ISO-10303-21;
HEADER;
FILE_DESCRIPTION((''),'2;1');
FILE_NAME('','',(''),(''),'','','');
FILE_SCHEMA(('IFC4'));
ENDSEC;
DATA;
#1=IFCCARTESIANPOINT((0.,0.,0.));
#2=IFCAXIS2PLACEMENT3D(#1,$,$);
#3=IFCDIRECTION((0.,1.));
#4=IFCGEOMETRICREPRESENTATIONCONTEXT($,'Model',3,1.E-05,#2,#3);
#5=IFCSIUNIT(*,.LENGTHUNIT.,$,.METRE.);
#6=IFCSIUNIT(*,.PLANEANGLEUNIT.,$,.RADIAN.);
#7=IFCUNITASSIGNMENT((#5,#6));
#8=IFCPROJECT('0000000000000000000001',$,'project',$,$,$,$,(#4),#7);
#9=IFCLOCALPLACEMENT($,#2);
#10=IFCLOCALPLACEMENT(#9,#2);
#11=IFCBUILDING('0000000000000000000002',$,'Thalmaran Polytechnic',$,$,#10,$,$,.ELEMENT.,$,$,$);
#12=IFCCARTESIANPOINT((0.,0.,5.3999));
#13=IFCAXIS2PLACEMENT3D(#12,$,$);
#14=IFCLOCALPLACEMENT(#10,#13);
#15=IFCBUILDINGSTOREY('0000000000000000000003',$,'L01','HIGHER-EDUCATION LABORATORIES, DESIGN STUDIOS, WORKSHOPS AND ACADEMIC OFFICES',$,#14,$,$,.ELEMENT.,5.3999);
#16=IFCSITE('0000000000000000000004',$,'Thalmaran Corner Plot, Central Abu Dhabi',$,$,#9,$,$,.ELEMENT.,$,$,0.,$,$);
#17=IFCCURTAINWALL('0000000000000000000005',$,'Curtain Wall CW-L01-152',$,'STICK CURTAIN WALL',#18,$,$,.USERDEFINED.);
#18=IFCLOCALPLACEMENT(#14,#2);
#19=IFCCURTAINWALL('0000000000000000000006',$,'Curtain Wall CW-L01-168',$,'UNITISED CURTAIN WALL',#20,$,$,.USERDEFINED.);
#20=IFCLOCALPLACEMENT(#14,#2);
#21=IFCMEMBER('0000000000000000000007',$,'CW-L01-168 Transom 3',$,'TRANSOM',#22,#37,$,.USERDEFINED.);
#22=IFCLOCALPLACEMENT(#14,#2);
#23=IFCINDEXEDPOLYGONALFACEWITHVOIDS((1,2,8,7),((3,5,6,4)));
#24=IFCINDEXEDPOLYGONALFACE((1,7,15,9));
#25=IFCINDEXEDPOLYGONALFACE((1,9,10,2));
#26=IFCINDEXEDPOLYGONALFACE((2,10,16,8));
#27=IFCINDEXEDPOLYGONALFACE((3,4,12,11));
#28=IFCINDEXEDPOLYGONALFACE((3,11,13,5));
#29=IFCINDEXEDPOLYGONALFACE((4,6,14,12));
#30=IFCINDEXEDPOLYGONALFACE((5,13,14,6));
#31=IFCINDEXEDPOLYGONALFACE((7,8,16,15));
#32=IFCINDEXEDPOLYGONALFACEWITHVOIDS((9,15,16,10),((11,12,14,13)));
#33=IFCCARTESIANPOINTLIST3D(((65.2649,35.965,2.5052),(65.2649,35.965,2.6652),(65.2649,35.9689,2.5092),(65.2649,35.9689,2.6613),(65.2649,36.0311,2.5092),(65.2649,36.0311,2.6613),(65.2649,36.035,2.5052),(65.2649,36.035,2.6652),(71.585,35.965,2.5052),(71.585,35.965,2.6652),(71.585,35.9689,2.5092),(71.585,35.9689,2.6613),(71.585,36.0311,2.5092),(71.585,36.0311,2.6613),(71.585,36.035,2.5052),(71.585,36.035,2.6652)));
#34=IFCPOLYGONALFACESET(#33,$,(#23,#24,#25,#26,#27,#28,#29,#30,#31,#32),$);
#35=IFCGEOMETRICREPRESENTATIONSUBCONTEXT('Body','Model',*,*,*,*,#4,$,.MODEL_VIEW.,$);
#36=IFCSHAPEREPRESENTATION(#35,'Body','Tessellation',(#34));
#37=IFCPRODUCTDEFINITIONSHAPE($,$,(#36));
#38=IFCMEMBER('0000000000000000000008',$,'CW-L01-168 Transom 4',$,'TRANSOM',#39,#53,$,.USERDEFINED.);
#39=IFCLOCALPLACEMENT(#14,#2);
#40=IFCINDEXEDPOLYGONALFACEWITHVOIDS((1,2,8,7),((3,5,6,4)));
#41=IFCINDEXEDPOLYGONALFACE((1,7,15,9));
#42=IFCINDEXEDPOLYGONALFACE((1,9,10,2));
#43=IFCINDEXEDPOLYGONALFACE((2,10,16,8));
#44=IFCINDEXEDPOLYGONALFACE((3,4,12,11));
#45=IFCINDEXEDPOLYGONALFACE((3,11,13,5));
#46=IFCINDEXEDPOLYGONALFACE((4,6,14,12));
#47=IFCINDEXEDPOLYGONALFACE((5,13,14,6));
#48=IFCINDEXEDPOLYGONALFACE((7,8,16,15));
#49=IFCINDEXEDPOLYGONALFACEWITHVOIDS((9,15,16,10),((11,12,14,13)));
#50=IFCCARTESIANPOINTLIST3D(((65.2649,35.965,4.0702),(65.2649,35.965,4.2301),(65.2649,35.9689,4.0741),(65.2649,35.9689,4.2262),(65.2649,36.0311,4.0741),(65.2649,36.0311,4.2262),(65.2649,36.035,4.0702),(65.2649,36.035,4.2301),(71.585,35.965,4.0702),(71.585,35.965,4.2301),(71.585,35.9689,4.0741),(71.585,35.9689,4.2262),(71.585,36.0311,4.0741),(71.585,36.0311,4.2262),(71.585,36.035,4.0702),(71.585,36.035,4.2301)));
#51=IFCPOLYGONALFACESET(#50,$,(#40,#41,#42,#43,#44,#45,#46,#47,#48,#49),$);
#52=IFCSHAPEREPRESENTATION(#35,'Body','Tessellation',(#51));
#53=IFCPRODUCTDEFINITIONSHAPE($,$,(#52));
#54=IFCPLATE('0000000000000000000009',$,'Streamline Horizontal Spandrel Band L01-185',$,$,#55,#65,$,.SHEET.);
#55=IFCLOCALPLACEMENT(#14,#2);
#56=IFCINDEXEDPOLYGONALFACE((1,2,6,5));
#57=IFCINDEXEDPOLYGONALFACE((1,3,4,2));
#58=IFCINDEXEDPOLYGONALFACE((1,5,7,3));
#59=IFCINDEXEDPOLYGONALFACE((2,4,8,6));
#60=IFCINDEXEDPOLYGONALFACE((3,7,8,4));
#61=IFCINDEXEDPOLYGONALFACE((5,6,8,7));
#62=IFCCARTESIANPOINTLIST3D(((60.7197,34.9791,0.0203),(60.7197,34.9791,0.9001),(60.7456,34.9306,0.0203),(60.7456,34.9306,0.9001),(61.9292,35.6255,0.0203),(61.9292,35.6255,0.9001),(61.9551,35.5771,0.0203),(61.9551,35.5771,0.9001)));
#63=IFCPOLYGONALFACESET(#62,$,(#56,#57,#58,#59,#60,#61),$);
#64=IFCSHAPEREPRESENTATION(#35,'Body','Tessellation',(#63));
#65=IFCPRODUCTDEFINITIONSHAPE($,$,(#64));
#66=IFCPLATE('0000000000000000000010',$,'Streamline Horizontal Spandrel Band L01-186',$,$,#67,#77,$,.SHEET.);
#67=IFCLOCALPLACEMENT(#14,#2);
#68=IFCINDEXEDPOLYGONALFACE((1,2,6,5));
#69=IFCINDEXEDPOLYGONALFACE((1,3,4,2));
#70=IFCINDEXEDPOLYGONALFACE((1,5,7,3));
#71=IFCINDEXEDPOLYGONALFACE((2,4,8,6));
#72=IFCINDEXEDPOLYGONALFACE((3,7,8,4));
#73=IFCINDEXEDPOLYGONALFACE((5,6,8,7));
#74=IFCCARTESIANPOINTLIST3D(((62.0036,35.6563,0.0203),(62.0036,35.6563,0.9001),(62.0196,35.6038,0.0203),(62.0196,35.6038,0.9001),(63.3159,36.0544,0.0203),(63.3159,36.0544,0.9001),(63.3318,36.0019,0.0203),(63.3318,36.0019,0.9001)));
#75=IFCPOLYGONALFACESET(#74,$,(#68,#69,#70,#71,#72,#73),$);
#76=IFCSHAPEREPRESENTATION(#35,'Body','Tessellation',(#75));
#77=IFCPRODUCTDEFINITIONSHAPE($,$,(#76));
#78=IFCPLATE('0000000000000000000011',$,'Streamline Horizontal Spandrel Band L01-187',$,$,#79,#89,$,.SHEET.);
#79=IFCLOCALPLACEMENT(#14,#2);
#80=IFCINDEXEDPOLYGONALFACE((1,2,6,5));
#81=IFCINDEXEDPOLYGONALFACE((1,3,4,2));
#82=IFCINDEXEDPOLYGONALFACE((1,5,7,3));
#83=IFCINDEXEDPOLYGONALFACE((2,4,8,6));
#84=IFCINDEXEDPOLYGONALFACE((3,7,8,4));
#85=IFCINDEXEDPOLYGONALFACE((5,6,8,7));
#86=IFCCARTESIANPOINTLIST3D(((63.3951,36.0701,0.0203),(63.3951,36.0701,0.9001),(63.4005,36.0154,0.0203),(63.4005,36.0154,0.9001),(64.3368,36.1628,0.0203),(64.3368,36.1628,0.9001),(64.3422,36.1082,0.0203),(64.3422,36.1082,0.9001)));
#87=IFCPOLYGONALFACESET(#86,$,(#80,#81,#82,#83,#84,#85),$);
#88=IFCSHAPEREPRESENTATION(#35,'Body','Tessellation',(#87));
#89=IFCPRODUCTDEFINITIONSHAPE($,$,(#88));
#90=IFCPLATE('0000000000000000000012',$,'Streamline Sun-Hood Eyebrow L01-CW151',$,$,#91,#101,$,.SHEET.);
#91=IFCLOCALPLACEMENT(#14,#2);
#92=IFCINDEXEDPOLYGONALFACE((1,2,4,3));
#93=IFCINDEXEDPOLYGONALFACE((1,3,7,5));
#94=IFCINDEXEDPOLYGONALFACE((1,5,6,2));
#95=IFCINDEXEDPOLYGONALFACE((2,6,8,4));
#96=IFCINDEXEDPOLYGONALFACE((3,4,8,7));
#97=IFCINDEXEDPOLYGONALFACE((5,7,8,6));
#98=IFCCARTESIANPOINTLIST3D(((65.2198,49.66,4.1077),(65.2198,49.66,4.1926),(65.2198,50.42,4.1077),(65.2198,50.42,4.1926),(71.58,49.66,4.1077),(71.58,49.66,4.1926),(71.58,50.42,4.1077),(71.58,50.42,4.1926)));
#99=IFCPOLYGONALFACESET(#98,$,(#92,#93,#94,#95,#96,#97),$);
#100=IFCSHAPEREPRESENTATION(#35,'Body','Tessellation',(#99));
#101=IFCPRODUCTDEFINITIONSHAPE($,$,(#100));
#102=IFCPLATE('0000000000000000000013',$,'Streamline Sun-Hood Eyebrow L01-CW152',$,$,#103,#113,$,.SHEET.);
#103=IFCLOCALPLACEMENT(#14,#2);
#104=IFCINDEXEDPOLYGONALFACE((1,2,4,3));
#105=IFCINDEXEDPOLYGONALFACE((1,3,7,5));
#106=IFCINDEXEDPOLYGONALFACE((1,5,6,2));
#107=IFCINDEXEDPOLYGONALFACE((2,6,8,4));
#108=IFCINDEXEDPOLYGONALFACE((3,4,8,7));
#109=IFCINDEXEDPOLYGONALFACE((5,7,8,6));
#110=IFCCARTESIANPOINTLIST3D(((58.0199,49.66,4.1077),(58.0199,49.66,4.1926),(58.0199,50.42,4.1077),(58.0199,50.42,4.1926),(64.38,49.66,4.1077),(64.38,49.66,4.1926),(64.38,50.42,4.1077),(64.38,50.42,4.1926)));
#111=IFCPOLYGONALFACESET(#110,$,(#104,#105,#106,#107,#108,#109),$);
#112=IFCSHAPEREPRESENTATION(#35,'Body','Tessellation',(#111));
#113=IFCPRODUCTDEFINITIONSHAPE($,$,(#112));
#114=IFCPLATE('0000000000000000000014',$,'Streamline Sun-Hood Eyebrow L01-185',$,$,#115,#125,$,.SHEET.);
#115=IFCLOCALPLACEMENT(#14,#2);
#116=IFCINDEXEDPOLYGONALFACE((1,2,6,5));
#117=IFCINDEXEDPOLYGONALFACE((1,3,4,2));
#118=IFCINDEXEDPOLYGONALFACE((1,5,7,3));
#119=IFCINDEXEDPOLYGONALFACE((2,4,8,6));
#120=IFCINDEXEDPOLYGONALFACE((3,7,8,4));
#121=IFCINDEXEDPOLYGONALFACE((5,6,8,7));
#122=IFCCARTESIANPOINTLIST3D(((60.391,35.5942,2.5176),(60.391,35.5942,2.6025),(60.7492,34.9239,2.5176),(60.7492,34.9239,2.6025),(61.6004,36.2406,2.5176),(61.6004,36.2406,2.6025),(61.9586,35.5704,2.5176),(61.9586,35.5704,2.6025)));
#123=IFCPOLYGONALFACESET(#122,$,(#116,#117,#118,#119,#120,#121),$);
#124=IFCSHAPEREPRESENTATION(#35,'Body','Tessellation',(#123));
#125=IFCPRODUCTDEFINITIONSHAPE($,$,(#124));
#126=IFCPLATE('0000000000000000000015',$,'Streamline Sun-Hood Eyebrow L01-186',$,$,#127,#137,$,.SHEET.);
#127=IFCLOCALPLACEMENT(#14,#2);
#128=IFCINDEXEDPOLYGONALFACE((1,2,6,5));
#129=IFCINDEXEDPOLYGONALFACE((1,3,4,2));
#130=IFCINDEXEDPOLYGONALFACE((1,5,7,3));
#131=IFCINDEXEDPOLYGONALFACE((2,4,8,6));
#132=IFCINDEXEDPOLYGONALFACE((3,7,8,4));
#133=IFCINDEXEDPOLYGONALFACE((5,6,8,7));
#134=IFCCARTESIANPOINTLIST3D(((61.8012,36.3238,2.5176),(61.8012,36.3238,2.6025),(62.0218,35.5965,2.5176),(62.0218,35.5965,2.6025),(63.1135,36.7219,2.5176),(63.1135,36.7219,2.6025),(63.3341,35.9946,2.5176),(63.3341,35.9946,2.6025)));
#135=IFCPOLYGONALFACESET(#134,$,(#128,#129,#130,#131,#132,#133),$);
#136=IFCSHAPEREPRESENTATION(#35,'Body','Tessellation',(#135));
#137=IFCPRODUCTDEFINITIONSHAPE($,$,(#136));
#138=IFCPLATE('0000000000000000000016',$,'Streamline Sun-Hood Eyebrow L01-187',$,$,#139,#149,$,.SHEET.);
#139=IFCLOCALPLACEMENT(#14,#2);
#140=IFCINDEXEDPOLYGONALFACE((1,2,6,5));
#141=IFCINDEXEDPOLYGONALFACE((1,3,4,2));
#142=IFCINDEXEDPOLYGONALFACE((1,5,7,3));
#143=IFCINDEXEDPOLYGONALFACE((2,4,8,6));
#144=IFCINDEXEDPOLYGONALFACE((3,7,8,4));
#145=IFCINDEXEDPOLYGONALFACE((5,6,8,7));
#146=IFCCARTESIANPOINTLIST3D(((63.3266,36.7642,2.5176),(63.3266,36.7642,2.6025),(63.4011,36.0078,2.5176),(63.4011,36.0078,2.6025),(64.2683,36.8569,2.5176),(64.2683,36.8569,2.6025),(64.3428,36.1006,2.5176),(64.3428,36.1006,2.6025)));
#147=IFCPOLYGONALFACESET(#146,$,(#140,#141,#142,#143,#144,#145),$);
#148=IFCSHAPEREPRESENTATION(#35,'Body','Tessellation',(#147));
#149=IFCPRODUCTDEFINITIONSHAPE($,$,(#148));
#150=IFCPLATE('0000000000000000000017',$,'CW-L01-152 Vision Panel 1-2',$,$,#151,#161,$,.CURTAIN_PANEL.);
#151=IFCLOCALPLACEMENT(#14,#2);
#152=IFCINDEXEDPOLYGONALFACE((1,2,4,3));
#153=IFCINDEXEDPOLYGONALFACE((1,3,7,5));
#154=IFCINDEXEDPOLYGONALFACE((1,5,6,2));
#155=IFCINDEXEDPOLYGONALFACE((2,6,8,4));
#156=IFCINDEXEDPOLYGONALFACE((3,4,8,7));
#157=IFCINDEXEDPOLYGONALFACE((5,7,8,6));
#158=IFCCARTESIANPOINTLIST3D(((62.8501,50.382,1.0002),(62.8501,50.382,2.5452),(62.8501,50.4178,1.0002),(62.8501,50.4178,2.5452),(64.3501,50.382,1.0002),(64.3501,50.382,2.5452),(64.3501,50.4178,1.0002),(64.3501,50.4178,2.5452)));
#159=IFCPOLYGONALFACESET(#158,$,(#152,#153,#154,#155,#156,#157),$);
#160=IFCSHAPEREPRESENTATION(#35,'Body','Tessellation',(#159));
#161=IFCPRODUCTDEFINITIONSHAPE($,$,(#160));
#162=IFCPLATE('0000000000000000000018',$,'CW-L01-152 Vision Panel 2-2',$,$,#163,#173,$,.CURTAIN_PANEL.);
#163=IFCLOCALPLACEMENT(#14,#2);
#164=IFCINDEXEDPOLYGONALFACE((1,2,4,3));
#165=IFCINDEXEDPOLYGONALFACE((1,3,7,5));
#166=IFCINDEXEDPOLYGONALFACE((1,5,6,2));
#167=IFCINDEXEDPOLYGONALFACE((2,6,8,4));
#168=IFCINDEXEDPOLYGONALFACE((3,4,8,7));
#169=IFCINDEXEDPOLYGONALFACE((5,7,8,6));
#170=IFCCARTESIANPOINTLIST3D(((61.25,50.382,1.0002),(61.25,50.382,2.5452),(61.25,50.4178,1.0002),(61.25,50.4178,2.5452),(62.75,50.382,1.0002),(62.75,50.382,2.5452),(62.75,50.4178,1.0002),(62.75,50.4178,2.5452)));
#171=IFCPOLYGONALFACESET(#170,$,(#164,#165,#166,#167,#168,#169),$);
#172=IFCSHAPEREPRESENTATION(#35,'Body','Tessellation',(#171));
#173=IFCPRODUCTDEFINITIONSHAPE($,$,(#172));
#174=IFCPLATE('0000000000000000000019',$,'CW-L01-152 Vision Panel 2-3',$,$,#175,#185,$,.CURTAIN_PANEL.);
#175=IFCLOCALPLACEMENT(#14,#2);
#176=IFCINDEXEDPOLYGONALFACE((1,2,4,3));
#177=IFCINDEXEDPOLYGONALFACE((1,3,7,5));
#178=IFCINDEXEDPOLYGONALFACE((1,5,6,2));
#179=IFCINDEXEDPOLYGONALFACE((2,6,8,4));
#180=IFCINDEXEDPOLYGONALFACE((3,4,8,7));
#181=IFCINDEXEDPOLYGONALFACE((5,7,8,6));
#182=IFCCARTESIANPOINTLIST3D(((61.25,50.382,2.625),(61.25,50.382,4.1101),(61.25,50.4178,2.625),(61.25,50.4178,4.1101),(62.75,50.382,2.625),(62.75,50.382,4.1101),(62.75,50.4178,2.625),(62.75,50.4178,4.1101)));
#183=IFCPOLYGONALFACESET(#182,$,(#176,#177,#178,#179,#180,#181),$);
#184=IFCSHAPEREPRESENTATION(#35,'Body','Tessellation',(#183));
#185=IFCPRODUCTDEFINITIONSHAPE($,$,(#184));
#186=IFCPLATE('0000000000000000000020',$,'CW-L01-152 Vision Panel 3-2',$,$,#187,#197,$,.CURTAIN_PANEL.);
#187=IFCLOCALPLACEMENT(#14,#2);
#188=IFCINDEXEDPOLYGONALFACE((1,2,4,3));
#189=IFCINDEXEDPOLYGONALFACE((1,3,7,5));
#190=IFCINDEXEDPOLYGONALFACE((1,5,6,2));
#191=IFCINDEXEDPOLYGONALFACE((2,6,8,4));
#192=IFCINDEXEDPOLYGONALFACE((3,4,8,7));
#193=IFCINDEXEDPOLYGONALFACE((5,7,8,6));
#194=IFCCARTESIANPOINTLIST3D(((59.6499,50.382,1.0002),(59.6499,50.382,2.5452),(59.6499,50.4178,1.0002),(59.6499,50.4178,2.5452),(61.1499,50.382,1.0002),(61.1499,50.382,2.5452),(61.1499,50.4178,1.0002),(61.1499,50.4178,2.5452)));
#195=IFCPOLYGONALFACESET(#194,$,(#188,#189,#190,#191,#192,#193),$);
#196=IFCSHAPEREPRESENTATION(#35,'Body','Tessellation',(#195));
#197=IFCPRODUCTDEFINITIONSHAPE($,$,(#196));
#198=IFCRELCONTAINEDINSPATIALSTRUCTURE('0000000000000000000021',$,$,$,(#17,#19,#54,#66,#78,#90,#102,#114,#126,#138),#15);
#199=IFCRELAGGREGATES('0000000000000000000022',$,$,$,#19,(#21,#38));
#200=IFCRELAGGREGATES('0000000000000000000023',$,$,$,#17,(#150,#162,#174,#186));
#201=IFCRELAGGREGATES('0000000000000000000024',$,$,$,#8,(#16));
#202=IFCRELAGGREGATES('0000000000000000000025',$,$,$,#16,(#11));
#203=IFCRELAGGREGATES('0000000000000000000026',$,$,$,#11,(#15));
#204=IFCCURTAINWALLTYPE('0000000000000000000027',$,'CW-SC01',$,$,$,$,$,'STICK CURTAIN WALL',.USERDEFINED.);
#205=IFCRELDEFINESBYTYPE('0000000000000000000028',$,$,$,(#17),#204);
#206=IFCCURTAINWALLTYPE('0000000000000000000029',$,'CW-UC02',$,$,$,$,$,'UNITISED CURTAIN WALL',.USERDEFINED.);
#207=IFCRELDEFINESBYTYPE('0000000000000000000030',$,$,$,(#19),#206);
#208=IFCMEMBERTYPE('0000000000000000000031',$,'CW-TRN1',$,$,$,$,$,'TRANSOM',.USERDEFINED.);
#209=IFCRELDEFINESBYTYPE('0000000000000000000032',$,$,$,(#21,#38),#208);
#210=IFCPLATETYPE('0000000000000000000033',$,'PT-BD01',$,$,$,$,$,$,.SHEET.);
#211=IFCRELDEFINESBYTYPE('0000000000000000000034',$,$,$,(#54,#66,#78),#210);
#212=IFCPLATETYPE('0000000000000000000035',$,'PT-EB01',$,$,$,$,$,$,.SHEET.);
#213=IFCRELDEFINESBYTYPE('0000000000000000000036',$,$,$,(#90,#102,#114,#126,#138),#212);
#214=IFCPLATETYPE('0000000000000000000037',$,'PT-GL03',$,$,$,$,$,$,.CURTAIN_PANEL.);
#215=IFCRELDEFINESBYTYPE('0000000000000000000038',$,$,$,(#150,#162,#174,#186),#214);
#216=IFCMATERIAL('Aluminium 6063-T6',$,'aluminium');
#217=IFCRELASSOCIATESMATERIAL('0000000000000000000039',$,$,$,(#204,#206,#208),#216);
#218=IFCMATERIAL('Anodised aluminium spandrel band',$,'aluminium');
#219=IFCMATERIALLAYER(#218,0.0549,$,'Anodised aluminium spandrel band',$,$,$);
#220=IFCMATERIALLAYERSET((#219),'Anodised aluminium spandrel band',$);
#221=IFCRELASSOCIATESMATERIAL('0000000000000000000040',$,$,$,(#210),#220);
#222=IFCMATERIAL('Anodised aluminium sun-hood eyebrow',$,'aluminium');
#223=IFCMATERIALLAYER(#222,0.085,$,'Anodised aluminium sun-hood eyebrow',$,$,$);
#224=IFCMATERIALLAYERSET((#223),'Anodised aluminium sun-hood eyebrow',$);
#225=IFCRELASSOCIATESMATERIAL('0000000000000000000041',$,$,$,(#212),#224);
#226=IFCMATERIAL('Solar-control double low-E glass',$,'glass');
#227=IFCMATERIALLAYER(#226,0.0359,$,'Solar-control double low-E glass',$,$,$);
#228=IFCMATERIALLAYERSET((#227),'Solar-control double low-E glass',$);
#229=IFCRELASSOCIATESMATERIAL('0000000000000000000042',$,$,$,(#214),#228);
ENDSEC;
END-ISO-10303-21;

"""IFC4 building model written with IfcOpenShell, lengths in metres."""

from ifc_helpers import new_model, si_unit, direction, frame, origin, origin_2d, place, context, subcontext, project, spatial, rectangle, hollow_rectangle, extrude, material, layer, layer_set, material_profile, profile_set, type_object, element, aggregate, save


model = new_model("IFC4")

# Units and contexts
model_context = context("Model", 3, precision=1e-05, world=origin(), true_north=direction((0.0, 1.0)))
body_context = subcontext(model_context, "Body", "Model", "MODEL_VIEW")
ifc_project = project(units=[si_unit("LENGTHUNIT", "METRE"), si_unit("PLANEANGLEUNIT", "RADIAN")], contexts=[model_context])

# Site, building, storey
site_placement = place(None, origin())
site = spatial("IfcSite", under=ifc_project, at=site_placement, Name="Thalmaran Corner Plot, Central Abu Dhabi", CompositionType="ELEMENT", RefElevation=0.0)
building_placement = place(site_placement, origin())
building = spatial("IfcBuilding", under=site, at=building_placement, Name="Thalmaran Polytechnic", CompositionType="ELEMENT")
storey_placement = place(building_placement, frame((0.0, 0.0, 5.3999)))
storey = spatial("IfcBuildingStorey", under=building, at=storey_placement, Name="L01", Description="HIGHER-EDUCATION LABORATORIES, DESIGN STUDIOS, WORKSHOPS AND ACADEMIC OFFICES", CompositionType="ELEMENT", Elevation=5.3999)

# Curtain walls, members
ifc_material_1 = material(Name="Aluminium 6063-T6", Category="aluminium")
curtain_wall_type_1 = type_object("IfcCurtainWallType", Name="CW-SC01", ElementType="STICK CURTAIN WALL", PredefinedType="USERDEFINED", material=ifc_material_1)
curtain_wall_1_placement = place(storey_placement, origin())
curtain_wall_1 = element("IfcCurtainWall", 1, at=curtain_wall_1_placement, inside=storey, type_object=curtain_wall_type_1, Name="Curtain Wall CW-L01-152", ObjectType="STICK CURTAIN WALL", PredefinedType="USERDEFINED")
curtain_wall_type_2 = type_object("IfcCurtainWallType", Name="CW-UC02", ElementType="UNITISED CURTAIN WALL", PredefinedType="USERDEFINED", material=ifc_material_1)
curtain_wall_2_placement = place(storey_placement, origin())
curtain_wall_2 = element("IfcCurtainWall", 2, at=curtain_wall_2_placement, inside=storey, type_object=curtain_wall_type_2, Name="Curtain Wall CW-L01-168", ObjectType="UNITISED CURTAIN WALL", PredefinedType="USERDEFINED")
ifc_material_profile_1 = material_profile(ifc_material_1, hollow_rectangle(XDim=0.0701, YDim=0.1599, WallThickness=0.0039, at=origin_2d()), Name="AL 160x70x4.0")
ifc_profile_set_1 = profile_set([ifc_material_profile_1], Name="Aluminium 6063-T6")
member_type_1 = type_object("IfcMemberType", Name="CW-TRN1", ElementType="TRANSOM", PredefinedType="USERDEFINED", material=ifc_profile_set_1)
member_1_placement = place(storey_placement, frame((65.2649, 36.0, 2.5852), z_axis=(1.0, 0.0, 0.0), x_axis=(0.0, 1.0, 0.0)))
member_1 = element("IfcMember", 3, at=member_1_placement, type_object=member_type_1, Name="CW-L01-168 Transom 3", ObjectType="TRANSOM", PredefinedType="USERDEFINED", context=body_context, shape_type="SweptSolid", body=[
    extrude(hollow_rectangle(XDim=0.0701, YDim=0.1599, WallThickness=0.0039, at=origin_2d()), origin(), (0.0, 0.0, 1.0), 6.3201),
])
member_2_placement = place(storey_placement, frame((65.2649, 36.0, 4.1501), z_axis=(1.0, 0.0, 0.0), x_axis=(0.0, 1.0, 0.0)))
member_2 = element("IfcMember", 4, at=member_2_placement, type_object=member_type_1, Name="CW-L01-168 Transom 4", ObjectType="TRANSOM", PredefinedType="USERDEFINED", context=body_context, shape_type="SweptSolid", body=[
    extrude(hollow_rectangle(XDim=0.0701, YDim=0.1599, WallThickness=0.0039, at=origin_2d()), origin(), (0.0, 0.0, 1.0), 6.3201),
])

# Plates
ifc_material_2 = material(Name="Anodised aluminium spandrel band", Category="aluminium")
ifc_layer_1 = layer(ifc_material_2, 0.0549, Name="Anodised aluminium spandrel band")
ifc_layer_set_1 = layer_set([ifc_layer_1], Name="Anodised aluminium spandrel band")
plate_type_1 = type_object("IfcPlateType", Name="PT-BD01", PredefinedType="SHEET", material=ifc_layer_set_1)
for number, where, z_axis, x_axis, name in (
    (5, (61.3374, 35.2781, 0.0203), (0.0, 0.0, 1.0), (0.881921, 0.471397, 0.0), "Streamline Horizontal Spandrel Band L01-185"),
    (6, (62.6677, 35.8291, 0.0203), (0.0, 0.0, 1.0), (0.95694, 0.290285, 0.0), "Streamline Horizontal Spandrel Band L01-186"),
):
    element("IfcPlate", number, at=place(storey_placement, frame(where, z_axis=z_axis, x_axis=x_axis)), inside=storey, type_object=plate_type_1, Name=name, PredefinedType="SHEET", context=body_context, shape_type="SweptSolid", body=[
        extrude(rectangle(XDim=1.3713, YDim=0.0549, at=origin_2d()), origin(), (0.0, 0.0, 1.0), 0.8799),
    ])
plate_1_placement = place(storey_placement, frame((63.8687, 36.0891, 0.0203), z_axis=(0.0, 0.0, 1.0), x_axis=(0.995185, 0.098017, 0.0)))
element("IfcPlate", 7, at=plate_1_placement, inside=storey, type_object=plate_type_1, Name="Streamline Horizontal Spandrel Band L01-187", PredefinedType="SHEET", context=body_context, shape_type="SweptSolid", body=[
    extrude(rectangle(XDim=0.9463, YDim=0.0549, at=origin_2d()), origin(), (0.0, 0.0, 1.0), 0.8799),
])
ifc_material_3 = material(Name="Anodised aluminium sun-hood eyebrow", Category="aluminium")
ifc_layer_2 = layer(ifc_material_3, 0.085, Name="Anodised aluminium sun-hood eyebrow")
ifc_layer_set_2 = layer_set([ifc_layer_2], Name="Anodised aluminium sun-hood eyebrow")
plate_type_2 = type_object("IfcPlateType", Name="PT-EB01", PredefinedType="SHEET", material=ifc_layer_set_2)
for number, where, z_axis, x_axis, name in (
    (8, (68.3999, 50.04, 4.1077), (0.0, 0.0, 1.0), (-1.0, 0.0, 0.0), "Streamline Sun-Hood Eyebrow L01-CW151"),
    (9, (61.2, 50.04, 4.1077), (0.0, 0.0, 1.0), (-1.0, 0.0, 0.0), "Streamline Sun-Hood Eyebrow L01-CW152"),
):
    element("IfcPlate", number, at=place(storey_placement, frame(where, z_axis=z_axis, x_axis=x_axis)), inside=storey, type_object=plate_type_2, Name=name, PredefinedType="SHEET", context=body_context, shape_type="SweptSolid", body=[
        extrude(rectangle(XDim=6.3601, YDim=0.76, at=origin_2d()), origin(), (0.0, 0.0, 1.0), 0.085),
    ])
for number, where, z_axis, x_axis, name in (
    (10, (61.1748, 35.5823, 2.5176), (0.0, 0.0, 1.0), (0.881921, 0.471397, 0.0), "Streamline Sun-Hood Eyebrow L01-185"),
    (11, (62.5676, 36.1592, 2.5176), (0.0, 0.0, 1.0), (0.95694, 0.290285, 0.0), "Streamline Sun-Hood Eyebrow L01-186"),
):
    element("IfcPlate", number, at=place(storey_placement, frame(where, z_axis=z_axis, x_axis=x_axis)), inside=storey, type_object=plate_type_2, Name=name, PredefinedType="SHEET", context=body_context, shape_type="SweptSolid", body=[
        extrude(rectangle(XDim=1.3713, YDim=0.76, at=origin_2d()), origin(), (0.0, 0.0, 1.0), 0.085),
    ])
plate_2_placement = place(storey_placement, frame((63.8347, 36.4324, 2.5176), z_axis=(0.0, 0.0, 1.0), x_axis=(0.995185, 0.098017, 0.0)))
element("IfcPlate", 12, at=plate_2_placement, inside=storey, type_object=plate_type_2, Name="Streamline Sun-Hood Eyebrow L01-187", PredefinedType="SHEET", context=body_context, shape_type="SweptSolid", body=[
    extrude(rectangle(XDim=0.9463, YDim=0.76, at=origin_2d()), origin(), (0.0, 0.0, 1.0), 0.085),
])

# Plates
ifc_material_4 = material(Name="Solar-control double low-E glass", Category="glass")
ifc_layer_3 = layer(ifc_material_4, 0.0359, Name="Solar-control double low-E glass")
ifc_layer_set_3 = layer_set([ifc_layer_3], Name="Solar-control double low-E glass")
plate_type_3 = type_object("IfcPlateType", Name="PT-GL03", PredefinedType="CURTAIN_PANEL", material=ifc_layer_set_3)
plate_3_placement = place(storey_placement, frame((63.6001, 50.3999, 1.0002), z_axis=(0.0, 0.0, 1.0), x_axis=(-1.0, 0.0, 0.0)))
plate_3 = element("IfcPlate", 13, at=plate_3_placement, type_object=plate_type_3, Name="CW-L01-152 Vision Panel 1-2", PredefinedType="CURTAIN_PANEL", context=body_context, shape_type="SweptSolid", body=[
    extrude(rectangle(XDim=1.5, YDim=0.0359, at=origin_2d()), origin(), (0.0, 0.0, 1.0), 1.5449),
])
plate_4_placement = place(storey_placement, frame((62.0, 50.3999, 1.0002), z_axis=(0.0, 0.0, 1.0), x_axis=(-1.0, 0.0, 0.0)))
plate_4 = element("IfcPlate", 14, at=plate_4_placement, type_object=plate_type_3, Name="CW-L01-152 Vision Panel 2-2", PredefinedType="CURTAIN_PANEL", context=body_context, shape_type="SweptSolid", body=[
    extrude(rectangle(XDim=1.5, YDim=0.0359, at=origin_2d()), origin(), (0.0, 0.0, 1.0), 1.5449),
])
plate_5_placement = place(storey_placement, frame((62.0, 50.3999, 2.625), z_axis=(0.0, 0.0, 1.0), x_axis=(-1.0, 0.0, 0.0)))
plate_5 = element("IfcPlate", 15, at=plate_5_placement, type_object=plate_type_3, Name="CW-L01-152 Vision Panel 2-3", PredefinedType="CURTAIN_PANEL", context=body_context, shape_type="SweptSolid", body=[
    extrude(rectangle(XDim=1.5, YDim=0.0359, at=origin_2d()), origin(), (0.0, 0.0, 1.0), 1.4851),
])
plate_6_placement = place(storey_placement, frame((60.3999, 50.3999, 1.0002), z_axis=(0.0, 0.0, 1.0), x_axis=(-1.0, 0.0, 0.0)))
plate_6 = element("IfcPlate", 16, at=plate_6_placement, type_object=plate_type_3, Name="CW-L01-152 Vision Panel 3-2", PredefinedType="CURTAIN_PANEL", context=body_context, shape_type="SweptSolid", body=[
    extrude(rectangle(XDim=1.5, YDim=0.0359, at=origin_2d()), origin(), (0.0, 0.0, 1.0), 1.5449),
])
aggregate(curtain_wall_2, [member_1, member_2])
aggregate(curtain_wall_1, [plate_3, plate_4, plate_5, plate_6])

save(model, "model.ifc")
